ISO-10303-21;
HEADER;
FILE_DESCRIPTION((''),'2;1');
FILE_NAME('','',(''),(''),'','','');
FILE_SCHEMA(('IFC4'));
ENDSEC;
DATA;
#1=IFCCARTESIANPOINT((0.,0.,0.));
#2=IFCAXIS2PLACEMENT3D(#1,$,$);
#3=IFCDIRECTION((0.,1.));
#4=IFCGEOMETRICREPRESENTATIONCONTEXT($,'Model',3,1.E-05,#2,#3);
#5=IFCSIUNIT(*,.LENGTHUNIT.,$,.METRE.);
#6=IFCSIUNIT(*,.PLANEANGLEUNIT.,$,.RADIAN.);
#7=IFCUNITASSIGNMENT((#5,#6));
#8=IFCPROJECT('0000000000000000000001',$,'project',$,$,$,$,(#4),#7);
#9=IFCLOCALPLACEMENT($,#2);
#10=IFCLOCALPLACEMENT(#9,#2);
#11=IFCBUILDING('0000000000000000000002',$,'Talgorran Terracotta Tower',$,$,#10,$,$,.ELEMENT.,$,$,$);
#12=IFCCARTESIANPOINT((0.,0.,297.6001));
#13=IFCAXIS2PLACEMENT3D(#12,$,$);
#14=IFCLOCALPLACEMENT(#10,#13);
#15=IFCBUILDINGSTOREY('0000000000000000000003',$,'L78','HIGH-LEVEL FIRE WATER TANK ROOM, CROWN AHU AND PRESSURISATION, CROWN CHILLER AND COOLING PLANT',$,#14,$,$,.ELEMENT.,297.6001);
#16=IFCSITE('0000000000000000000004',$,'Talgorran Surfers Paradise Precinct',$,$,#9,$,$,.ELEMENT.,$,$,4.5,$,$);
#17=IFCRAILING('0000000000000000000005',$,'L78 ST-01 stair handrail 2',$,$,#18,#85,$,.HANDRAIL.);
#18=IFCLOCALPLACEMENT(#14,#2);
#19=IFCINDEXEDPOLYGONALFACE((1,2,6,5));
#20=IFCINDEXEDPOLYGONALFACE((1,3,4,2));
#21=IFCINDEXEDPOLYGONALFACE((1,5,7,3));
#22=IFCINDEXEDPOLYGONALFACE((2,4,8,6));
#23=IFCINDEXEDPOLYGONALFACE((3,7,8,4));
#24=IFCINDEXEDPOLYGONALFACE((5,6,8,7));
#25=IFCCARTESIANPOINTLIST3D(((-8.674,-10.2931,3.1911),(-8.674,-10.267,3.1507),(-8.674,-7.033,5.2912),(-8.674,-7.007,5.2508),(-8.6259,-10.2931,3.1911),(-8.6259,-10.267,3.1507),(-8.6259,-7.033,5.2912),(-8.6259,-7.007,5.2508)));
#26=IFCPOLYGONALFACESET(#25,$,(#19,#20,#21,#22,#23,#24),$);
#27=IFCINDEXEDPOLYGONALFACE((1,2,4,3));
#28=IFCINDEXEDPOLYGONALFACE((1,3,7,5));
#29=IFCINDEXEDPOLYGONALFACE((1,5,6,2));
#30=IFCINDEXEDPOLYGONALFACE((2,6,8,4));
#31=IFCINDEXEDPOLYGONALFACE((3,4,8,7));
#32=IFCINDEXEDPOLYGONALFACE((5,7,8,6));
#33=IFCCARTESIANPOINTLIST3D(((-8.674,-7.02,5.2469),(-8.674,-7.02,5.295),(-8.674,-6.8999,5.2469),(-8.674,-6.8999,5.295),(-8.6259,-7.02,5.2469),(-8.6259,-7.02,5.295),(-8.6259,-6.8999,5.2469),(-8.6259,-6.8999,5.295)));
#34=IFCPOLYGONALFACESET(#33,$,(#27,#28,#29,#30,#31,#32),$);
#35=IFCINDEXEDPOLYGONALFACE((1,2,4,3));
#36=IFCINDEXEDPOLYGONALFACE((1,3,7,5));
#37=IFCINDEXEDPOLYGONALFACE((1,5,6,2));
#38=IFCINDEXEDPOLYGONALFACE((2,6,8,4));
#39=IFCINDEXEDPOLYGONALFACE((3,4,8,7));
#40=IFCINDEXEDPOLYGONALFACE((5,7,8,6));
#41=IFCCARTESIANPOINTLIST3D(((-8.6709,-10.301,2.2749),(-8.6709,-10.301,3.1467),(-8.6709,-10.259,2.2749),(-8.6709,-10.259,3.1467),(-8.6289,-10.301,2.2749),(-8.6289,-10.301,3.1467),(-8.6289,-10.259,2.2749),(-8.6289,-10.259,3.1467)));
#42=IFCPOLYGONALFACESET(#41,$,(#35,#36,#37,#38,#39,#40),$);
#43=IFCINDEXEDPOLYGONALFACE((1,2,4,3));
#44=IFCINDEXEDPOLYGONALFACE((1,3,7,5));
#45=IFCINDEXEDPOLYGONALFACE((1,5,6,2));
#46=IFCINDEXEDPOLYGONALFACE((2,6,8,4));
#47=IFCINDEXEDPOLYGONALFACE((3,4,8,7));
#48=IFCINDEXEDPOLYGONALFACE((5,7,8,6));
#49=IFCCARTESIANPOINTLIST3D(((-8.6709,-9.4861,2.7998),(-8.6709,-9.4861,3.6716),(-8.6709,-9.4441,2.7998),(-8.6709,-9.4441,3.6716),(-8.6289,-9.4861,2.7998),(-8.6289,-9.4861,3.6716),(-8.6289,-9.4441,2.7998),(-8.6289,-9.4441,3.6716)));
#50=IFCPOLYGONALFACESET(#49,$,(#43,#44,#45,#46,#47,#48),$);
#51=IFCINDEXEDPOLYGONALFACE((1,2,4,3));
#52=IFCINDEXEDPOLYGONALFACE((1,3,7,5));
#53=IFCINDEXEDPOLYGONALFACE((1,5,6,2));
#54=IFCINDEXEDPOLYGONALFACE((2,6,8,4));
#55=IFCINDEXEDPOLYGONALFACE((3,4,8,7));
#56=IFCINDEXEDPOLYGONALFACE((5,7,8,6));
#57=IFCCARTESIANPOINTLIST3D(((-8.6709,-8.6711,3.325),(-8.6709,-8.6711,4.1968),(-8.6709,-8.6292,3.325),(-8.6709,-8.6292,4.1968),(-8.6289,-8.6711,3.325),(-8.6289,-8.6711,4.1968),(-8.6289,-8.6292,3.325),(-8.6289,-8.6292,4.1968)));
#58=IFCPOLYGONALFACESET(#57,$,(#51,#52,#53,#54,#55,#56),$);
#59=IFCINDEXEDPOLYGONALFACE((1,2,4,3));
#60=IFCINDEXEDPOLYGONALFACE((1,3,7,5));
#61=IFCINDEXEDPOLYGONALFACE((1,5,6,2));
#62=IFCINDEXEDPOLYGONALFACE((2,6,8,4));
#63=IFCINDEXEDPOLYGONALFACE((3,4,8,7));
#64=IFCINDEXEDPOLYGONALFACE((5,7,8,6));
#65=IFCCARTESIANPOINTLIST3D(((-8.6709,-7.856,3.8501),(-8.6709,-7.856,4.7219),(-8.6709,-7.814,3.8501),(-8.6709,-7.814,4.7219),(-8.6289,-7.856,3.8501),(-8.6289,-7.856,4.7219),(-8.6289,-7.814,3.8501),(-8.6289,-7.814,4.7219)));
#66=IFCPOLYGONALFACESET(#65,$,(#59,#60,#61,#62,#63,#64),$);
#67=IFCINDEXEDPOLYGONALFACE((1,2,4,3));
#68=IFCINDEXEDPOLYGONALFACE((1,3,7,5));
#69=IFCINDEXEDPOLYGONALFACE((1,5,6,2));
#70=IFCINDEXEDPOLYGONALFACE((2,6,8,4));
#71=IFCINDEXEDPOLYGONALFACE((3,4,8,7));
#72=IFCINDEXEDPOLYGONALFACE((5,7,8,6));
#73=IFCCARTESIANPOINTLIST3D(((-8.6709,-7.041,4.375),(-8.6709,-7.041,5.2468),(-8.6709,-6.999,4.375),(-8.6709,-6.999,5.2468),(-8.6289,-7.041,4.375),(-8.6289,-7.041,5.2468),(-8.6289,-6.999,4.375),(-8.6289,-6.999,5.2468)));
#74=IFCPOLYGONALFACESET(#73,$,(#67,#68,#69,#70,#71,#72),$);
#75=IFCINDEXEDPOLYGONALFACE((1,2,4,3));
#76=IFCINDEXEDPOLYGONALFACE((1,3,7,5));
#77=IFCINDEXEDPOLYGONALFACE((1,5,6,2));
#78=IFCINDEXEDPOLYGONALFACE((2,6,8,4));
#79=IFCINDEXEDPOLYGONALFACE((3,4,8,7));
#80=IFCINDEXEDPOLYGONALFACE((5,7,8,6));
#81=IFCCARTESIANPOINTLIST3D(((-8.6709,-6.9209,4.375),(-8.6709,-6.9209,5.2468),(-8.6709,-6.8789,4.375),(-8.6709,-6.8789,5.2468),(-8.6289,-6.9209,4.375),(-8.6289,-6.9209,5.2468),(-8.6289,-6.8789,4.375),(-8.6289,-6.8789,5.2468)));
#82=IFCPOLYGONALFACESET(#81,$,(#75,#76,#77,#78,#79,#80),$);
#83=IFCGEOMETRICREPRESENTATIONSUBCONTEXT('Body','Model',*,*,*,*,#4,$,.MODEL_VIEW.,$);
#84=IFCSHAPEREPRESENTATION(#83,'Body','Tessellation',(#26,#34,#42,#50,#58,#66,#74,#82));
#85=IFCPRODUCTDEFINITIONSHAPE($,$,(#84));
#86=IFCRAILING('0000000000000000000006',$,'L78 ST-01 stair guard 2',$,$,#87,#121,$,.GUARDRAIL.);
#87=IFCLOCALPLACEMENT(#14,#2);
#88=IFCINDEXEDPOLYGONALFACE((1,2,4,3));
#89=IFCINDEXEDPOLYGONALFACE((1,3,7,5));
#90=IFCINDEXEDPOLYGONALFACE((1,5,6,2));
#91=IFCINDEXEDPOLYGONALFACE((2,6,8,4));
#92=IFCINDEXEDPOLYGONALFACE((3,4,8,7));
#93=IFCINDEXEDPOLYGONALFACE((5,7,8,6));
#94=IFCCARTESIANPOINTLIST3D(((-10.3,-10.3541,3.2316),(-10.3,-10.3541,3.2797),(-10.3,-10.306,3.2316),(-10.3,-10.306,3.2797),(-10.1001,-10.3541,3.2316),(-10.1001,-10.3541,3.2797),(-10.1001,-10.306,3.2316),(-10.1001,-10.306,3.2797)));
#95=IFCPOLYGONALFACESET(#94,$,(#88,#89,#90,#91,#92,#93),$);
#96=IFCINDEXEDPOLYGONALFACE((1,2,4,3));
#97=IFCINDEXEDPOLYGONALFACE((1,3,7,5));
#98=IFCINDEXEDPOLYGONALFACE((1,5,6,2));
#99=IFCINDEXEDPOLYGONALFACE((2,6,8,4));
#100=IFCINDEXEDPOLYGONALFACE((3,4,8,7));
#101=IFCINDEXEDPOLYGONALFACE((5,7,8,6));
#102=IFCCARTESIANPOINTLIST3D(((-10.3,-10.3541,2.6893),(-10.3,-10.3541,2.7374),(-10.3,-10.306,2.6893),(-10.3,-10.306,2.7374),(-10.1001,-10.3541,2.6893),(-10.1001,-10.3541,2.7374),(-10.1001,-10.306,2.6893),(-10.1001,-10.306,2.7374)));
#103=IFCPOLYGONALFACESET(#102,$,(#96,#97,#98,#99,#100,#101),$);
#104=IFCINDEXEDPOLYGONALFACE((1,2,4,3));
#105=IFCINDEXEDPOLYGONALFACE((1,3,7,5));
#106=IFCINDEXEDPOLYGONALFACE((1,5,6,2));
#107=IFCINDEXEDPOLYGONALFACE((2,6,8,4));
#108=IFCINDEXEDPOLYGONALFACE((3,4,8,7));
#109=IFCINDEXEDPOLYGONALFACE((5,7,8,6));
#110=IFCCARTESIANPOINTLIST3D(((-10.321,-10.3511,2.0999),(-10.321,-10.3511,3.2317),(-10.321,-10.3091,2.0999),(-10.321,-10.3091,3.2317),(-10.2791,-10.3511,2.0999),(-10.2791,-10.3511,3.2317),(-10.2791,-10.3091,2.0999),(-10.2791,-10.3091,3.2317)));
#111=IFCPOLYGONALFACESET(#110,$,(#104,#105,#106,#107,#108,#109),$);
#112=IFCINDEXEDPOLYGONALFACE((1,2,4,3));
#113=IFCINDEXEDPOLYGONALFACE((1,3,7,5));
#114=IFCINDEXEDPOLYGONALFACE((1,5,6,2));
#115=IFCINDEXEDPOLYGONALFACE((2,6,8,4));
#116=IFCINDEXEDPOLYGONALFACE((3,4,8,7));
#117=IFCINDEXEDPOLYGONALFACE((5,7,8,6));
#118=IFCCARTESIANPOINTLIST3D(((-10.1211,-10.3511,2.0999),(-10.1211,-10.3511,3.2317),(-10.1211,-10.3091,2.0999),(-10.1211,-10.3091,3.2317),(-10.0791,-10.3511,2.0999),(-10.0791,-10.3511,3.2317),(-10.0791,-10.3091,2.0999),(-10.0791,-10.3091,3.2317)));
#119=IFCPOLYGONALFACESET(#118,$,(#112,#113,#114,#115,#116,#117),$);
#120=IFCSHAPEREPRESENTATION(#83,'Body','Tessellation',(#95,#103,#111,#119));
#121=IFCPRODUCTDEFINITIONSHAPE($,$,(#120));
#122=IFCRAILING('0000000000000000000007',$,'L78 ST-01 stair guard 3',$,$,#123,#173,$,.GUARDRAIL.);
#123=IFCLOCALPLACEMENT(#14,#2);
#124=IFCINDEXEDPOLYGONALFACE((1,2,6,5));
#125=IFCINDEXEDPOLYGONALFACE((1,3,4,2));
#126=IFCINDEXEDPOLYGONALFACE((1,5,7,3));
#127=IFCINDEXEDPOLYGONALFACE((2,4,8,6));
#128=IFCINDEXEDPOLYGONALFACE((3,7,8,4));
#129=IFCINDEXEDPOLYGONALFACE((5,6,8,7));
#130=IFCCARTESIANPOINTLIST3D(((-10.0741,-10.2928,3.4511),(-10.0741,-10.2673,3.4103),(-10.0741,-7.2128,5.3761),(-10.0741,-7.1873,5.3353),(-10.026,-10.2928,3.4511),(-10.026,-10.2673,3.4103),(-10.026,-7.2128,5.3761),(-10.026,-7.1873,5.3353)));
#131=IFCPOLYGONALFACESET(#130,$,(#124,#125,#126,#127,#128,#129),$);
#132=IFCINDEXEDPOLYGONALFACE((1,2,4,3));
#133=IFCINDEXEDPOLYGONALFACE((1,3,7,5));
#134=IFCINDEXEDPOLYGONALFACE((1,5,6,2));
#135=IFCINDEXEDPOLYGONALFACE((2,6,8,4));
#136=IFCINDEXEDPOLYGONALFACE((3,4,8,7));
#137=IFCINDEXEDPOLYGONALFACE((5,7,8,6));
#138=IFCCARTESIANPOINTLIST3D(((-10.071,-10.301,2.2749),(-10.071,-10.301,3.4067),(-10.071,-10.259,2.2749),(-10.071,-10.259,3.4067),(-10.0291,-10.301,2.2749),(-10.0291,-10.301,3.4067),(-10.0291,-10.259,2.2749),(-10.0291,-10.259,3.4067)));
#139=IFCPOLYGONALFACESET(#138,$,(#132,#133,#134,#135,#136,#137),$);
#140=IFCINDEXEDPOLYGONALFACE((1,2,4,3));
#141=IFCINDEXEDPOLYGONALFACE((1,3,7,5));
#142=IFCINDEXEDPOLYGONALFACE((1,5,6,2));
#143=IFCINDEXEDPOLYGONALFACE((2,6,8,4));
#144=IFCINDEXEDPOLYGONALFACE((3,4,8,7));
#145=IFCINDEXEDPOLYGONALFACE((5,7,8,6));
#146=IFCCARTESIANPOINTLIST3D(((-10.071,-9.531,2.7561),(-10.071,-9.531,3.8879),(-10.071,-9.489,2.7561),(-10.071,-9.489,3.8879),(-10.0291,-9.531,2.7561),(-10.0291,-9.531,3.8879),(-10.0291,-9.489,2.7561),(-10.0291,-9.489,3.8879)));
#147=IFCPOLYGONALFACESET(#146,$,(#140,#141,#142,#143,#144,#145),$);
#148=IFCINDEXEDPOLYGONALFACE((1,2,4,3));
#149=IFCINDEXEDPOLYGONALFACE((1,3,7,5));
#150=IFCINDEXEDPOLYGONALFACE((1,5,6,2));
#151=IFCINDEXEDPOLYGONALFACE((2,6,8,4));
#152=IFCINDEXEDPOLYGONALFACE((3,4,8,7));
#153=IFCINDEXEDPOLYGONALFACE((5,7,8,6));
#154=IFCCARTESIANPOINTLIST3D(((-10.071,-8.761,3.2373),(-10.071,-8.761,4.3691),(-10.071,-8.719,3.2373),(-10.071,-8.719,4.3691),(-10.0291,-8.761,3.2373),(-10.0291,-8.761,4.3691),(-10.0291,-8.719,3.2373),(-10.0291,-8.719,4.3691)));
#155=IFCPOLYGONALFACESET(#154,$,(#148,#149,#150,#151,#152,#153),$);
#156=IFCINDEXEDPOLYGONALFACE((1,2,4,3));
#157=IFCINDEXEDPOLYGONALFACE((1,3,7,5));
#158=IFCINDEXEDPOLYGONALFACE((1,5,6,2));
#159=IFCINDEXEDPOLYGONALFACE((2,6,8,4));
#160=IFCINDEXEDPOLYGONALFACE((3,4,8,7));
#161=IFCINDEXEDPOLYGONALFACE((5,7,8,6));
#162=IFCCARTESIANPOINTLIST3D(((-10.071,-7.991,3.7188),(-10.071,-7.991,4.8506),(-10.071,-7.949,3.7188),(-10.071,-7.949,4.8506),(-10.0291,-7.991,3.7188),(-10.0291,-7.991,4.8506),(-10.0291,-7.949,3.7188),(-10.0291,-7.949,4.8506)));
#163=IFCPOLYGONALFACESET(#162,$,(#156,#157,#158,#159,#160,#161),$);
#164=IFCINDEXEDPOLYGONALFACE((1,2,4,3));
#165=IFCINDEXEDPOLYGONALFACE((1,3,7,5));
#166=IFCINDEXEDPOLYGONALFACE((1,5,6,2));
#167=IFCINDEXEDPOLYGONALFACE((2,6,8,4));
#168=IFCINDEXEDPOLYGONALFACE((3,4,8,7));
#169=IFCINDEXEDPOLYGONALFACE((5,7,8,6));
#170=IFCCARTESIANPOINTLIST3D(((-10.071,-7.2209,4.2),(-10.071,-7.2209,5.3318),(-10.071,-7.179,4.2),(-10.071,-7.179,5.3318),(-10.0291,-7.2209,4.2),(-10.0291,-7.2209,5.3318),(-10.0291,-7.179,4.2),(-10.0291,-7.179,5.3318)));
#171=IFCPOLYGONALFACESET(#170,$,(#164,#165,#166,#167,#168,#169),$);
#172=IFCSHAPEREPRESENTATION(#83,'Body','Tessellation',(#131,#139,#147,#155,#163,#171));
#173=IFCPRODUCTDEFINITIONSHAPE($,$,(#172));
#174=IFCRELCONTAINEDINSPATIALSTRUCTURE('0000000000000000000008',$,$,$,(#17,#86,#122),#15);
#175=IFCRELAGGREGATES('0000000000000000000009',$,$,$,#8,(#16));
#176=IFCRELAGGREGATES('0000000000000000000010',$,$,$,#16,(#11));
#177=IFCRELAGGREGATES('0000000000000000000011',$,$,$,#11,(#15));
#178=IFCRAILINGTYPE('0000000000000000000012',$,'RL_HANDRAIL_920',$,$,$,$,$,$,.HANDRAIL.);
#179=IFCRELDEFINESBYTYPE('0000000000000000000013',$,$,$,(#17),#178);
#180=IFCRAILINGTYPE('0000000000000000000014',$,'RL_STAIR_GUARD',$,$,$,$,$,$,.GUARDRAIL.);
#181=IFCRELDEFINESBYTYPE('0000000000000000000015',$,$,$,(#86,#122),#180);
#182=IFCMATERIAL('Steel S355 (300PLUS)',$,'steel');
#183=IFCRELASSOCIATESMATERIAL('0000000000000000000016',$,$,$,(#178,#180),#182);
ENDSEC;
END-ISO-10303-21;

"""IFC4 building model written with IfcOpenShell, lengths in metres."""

from ifc_helpers import new_model, si_unit, direction, frame, origin, origin_2d, place, context, subcontext, project, spatial, rectangle, extrude, material, type_object, element, save


model = new_model("IFC4")

# Units and contexts
model_context = context("Model", 3, precision=1e-05, world=origin(), true_north=direction((0.0, 1.0)))
body_context = subcontext(model_context, "Body", "Model", "MODEL_VIEW")
ifc_project = project(units=[si_unit("LENGTHUNIT", "METRE"), si_unit("PLANEANGLEUNIT", "RADIAN")], contexts=[model_context])

# Site, building, storey
site_placement = place(None, origin())
site = spatial("IfcSite", under=ifc_project, at=site_placement, Name="Talgorran Surfers Paradise Precinct", CompositionType="ELEMENT", RefElevation=4.5)
building_placement = place(site_placement, origin())
building = spatial("IfcBuilding", under=site, at=building_placement, Name="Talgorran Terracotta Tower", CompositionType="ELEMENT")
storey_placement = place(building_placement, frame((0.0, 0.0, 297.6001)))
storey = spatial("IfcBuildingStorey", under=building, at=storey_placement, Name="L78", Description="HIGH-LEVEL FIRE WATER TANK ROOM, CROWN AHU AND PRESSURISATION, CROWN CHILLER AND COOLING PLANT", CompositionType="ELEMENT", Elevation=297.6001)

# Shared definitions
ifc_material_1 = material(Name="Steel S355 (300PLUS)", Category="steel")

# Railings
railing_type_1 = type_object("IfcRailingType", Name="RL_HANDRAIL_920", PredefinedType="HANDRAIL", material=ifc_material_1)
railing_1_placement = place(storey_placement, frame((-8.6499, -10.28, 2.2749)))
element("IfcRailing", 1, at=railing_1_placement, inside=storey, type_object=railing_type_1, Name="L78 ST-01 stair handrail 2", PredefinedType="HANDRAIL", context=body_context, shape_type="SweptSolid", body=[
    extrude(rectangle(XDim=0.0481, YDim=0.0481, at=origin_2d()), frame((0.0, 0.0, 0.896), z_axis=(0.0, 0.840665, 0.541556), x_axis=(-1.0, 0.0, 0.0)), (0.0, 0.0, 1.0), 3.8779),
    extrude(rectangle(XDim=0.0481, YDim=0.0481, at=origin_2d()), frame((0.0, 3.26, 2.9961), z_axis=(0.0, 1.0, 0.0), x_axis=(-1.0, 0.0, 0.0)), (0.0, 0.0, 1.0), 0.1201),
    extrude(rectangle(XDim=0.042, YDim=0.042, at=origin_2d()), origin(), (0.0, 0.0, 1.0), 0.8718),
    extrude(rectangle(XDim=0.042, YDim=0.042, at=origin_2d()), frame((0.0, 0.8149, 0.5249)), (0.0, 0.0, 1.0), 0.8718),
    extrude(rectangle(XDim=0.042, YDim=0.042, at=origin_2d()), frame((0.0, 1.6299, 1.05)), (0.0, 0.0, 1.0), 0.8718),
    extrude(rectangle(XDim=0.042, YDim=0.042, at=origin_2d()), frame((0.0, 2.4451, 1.5752)), (0.0, 0.0, 1.0), 0.8718),
    extrude(rectangle(XDim=0.042, YDim=0.042, at=origin_2d()), frame((0.0, 3.26, 2.1001)), (0.0, 0.0, 1.0), 0.8718),
    extrude(rectangle(XDim=0.042, YDim=0.042, at=origin_2d()), frame((0.0, 3.3801, 2.1001)), (0.0, 0.0, 1.0), 0.8718),
])
railing_type_2 = type_object("IfcRailingType", Name="RL_STAIR_GUARD", PredefinedType="GUARDRAIL", material=ifc_material_1)
railing_2_placement = place(storey_placement, frame((-10.3, -10.3301, 2.0999)))
element("IfcRailing", 2, at=railing_2_placement, inside=storey, type_object=railing_type_2, Name="L78 ST-01 stair guard 2", PredefinedType="GUARDRAIL", context=body_context, shape_type="SweptSolid", body=[
    extrude(rectangle(XDim=0.0481, YDim=0.0481, at=origin_2d()), frame((0.0, 0.0, 1.1558), z_axis=(1.0, 0.0, 0.0), x_axis=(0.0, 1.0, 0.0)), (0.0, 0.0, 1.0), 0.2),
    extrude(rectangle(XDim=0.0481, YDim=0.0481, at=origin_2d()), frame((0.0, 0.0, 0.6135), z_axis=(1.0, 0.0, 0.0), x_axis=(0.0, 1.0, 0.0)), (0.0, 0.0, 1.0), 0.2),
    extrude(rectangle(XDim=0.042, YDim=0.042, at=origin_2d()), origin(), (0.0, 0.0, 1.0), 1.1318),
    extrude(rectangle(XDim=0.042, YDim=0.042, at=origin_2d()), frame((0.2, 0.0, 0.0)), (0.0, 0.0, 1.0), 1.1318),
])
railing_3_placement = place(storey_placement, frame((-10.05, -10.28, 2.2749)))
element("IfcRailing", 3, at=railing_3_placement, inside=storey, type_object=railing_type_2, Name="L78 ST-01 stair guard 3", PredefinedType="GUARDRAIL", context=body_context, shape_type="SweptSolid", body=[
    extrude(rectangle(XDim=0.0481, YDim=0.0481, at=origin_2d()), frame((0.0, 0.0, 1.1558), z_axis=(0.0, 0.847998, 0.529999), x_axis=(-1.0, 0.0, 0.0)), (0.0, 0.0, 1.0), 3.6321),
    extrude(rectangle(XDim=0.042, YDim=0.042, at=origin_2d()), origin(), (0.0, 0.0, 1.0), 1.1318),
    extrude(rectangle(XDim=0.042, YDim=0.042, at=origin_2d()), frame((0.0, 0.77, 0.4812)), (0.0, 0.0, 1.0), 1.1318),
    extrude(rectangle(XDim=0.042, YDim=0.042, at=origin_2d()), frame((0.0, 1.54, 0.9624)), (0.0, 0.0, 1.0), 1.1318),
    extrude(rectangle(XDim=0.042, YDim=0.042, at=origin_2d()), frame((0.0, 2.3101, 1.4438)), (0.0, 0.0, 1.0), 1.1318),
    extrude(rectangle(XDim=0.042, YDim=0.042, at=origin_2d()), frame((0.0, 3.0801, 1.925)), (0.0, 0.0, 1.0), 1.1318),
])

save(model, "model.ifc")
